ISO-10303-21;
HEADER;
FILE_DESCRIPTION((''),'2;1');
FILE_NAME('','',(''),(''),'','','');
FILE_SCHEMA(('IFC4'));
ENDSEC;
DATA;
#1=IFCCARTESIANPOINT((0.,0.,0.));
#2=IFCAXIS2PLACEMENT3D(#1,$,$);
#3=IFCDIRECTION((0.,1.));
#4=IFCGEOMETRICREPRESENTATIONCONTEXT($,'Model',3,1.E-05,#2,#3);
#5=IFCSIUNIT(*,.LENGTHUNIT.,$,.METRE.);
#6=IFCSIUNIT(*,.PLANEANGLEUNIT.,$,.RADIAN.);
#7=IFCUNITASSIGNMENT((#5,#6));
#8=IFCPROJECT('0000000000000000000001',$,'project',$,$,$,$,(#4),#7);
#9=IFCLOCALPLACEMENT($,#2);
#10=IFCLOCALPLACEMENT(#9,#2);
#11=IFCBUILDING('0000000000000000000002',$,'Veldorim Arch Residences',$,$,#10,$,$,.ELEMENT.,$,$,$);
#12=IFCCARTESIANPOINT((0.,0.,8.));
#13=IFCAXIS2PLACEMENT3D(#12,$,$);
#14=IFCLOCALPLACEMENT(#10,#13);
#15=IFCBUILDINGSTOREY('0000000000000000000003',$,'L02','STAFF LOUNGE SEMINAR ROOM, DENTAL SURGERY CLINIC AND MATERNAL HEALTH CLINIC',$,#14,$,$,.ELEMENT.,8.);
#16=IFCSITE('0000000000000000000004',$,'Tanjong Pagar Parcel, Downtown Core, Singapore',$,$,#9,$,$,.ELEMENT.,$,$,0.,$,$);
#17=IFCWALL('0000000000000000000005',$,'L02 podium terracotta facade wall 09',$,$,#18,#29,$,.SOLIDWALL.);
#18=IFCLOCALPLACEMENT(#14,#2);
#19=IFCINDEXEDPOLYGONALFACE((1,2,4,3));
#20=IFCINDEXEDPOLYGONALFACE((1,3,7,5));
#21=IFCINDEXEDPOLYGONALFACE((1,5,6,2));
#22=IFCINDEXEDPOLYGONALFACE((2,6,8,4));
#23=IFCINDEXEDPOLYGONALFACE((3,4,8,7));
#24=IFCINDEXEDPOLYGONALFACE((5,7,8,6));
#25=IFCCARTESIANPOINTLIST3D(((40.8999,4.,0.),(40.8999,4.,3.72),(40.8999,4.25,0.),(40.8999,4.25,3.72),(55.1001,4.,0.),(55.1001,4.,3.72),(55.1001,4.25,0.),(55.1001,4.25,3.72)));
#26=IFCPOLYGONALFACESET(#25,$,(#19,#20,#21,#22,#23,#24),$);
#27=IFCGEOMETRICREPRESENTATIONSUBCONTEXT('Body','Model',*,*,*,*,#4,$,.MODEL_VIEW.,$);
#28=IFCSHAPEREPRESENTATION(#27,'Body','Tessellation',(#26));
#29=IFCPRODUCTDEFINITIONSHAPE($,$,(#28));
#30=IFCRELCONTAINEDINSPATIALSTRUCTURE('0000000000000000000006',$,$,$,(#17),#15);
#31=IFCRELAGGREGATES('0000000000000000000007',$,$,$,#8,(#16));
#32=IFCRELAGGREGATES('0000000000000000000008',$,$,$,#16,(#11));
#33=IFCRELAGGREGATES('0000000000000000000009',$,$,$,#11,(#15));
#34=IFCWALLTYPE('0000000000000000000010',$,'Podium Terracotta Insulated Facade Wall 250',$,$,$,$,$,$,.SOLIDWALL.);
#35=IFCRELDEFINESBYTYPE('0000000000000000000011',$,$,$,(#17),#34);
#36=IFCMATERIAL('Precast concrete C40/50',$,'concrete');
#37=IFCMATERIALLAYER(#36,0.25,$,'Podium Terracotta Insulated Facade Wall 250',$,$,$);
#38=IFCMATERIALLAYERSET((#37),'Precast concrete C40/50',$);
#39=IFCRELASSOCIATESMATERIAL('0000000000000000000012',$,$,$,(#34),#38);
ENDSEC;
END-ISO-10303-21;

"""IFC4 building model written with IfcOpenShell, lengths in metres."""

from ifc_helpers import new_model, si_unit, direction, frame, frame_2d, origin, place, context, subcontext, project, spatial, rectangle, extrude, material, layer, layer_set, type_object, element, save


model = new_model("IFC4")

# Units and contexts
model_context = context("Model", 3, precision=1e-05, world=origin(), true_north=direction((0.0, 1.0)))
body_context = subcontext(model_context, "Body", "Model", "MODEL_VIEW")
ifc_project = project(units=[si_unit("LENGTHUNIT", "METRE"), si_unit("PLANEANGLEUNIT", "RADIAN")], contexts=[model_context])

# Site, building, storey
site_placement = place(None, origin())
site = spatial("IfcSite", under=ifc_project, at=site_placement, Name="Tanjong Pagar Parcel, Downtown Core, Singapore", CompositionType="ELEMENT", RefElevation=0.0)
building_placement = place(site_placement, origin())
building = spatial("IfcBuilding", under=site, at=building_placement, Name="Veldorim Arch Residences", CompositionType="ELEMENT")
storey_placement = place(building_placement, frame((0.0, 0.0, 8.0)))
storey = spatial("IfcBuildingStorey", under=building, at=storey_placement, Name="L02", Description="STAFF LOUNGE SEMINAR ROOM, DENTAL SURGERY CLINIC AND MATERNAL HEALTH CLINIC", CompositionType="ELEMENT", Elevation=8.0)

# Wall
ifc_material_1 = material(Name="Precast concrete C40/50", Category="concrete")
ifc_layer_1 = layer(ifc_material_1, 0.25, Name="Podium Terracotta Insulated Facade Wall 250")
ifc_layer_set_1 = layer_set([ifc_layer_1], Name="Precast concrete C40/50")
wall_type_1 = type_object("IfcWallType", Name="Podium Terracotta Insulated Facade Wall 250", PredefinedType="SOLIDWALL", material=ifc_layer_set_1)
wall_1_placement = place(storey_placement, frame((55.1001, 4.125, 0.0), z_axis=(0.0, 0.0, 1.0), x_axis=(-1.0, 0.0, 0.0)))
element("IfcWall", 1, at=wall_1_placement, inside=storey, type_object=wall_type_1, Name="L02 podium terracotta facade wall 09", PredefinedType="SOLIDWALL", context=body_context, shape_type="SweptSolid", body=[
    extrude(rectangle(XDim=14.2002, YDim=0.25, at=frame_2d((7.1001, 0.0))), origin(), (0.0, 0.0, 1.0), 3.72),
])

save(model, "model.ifc")
